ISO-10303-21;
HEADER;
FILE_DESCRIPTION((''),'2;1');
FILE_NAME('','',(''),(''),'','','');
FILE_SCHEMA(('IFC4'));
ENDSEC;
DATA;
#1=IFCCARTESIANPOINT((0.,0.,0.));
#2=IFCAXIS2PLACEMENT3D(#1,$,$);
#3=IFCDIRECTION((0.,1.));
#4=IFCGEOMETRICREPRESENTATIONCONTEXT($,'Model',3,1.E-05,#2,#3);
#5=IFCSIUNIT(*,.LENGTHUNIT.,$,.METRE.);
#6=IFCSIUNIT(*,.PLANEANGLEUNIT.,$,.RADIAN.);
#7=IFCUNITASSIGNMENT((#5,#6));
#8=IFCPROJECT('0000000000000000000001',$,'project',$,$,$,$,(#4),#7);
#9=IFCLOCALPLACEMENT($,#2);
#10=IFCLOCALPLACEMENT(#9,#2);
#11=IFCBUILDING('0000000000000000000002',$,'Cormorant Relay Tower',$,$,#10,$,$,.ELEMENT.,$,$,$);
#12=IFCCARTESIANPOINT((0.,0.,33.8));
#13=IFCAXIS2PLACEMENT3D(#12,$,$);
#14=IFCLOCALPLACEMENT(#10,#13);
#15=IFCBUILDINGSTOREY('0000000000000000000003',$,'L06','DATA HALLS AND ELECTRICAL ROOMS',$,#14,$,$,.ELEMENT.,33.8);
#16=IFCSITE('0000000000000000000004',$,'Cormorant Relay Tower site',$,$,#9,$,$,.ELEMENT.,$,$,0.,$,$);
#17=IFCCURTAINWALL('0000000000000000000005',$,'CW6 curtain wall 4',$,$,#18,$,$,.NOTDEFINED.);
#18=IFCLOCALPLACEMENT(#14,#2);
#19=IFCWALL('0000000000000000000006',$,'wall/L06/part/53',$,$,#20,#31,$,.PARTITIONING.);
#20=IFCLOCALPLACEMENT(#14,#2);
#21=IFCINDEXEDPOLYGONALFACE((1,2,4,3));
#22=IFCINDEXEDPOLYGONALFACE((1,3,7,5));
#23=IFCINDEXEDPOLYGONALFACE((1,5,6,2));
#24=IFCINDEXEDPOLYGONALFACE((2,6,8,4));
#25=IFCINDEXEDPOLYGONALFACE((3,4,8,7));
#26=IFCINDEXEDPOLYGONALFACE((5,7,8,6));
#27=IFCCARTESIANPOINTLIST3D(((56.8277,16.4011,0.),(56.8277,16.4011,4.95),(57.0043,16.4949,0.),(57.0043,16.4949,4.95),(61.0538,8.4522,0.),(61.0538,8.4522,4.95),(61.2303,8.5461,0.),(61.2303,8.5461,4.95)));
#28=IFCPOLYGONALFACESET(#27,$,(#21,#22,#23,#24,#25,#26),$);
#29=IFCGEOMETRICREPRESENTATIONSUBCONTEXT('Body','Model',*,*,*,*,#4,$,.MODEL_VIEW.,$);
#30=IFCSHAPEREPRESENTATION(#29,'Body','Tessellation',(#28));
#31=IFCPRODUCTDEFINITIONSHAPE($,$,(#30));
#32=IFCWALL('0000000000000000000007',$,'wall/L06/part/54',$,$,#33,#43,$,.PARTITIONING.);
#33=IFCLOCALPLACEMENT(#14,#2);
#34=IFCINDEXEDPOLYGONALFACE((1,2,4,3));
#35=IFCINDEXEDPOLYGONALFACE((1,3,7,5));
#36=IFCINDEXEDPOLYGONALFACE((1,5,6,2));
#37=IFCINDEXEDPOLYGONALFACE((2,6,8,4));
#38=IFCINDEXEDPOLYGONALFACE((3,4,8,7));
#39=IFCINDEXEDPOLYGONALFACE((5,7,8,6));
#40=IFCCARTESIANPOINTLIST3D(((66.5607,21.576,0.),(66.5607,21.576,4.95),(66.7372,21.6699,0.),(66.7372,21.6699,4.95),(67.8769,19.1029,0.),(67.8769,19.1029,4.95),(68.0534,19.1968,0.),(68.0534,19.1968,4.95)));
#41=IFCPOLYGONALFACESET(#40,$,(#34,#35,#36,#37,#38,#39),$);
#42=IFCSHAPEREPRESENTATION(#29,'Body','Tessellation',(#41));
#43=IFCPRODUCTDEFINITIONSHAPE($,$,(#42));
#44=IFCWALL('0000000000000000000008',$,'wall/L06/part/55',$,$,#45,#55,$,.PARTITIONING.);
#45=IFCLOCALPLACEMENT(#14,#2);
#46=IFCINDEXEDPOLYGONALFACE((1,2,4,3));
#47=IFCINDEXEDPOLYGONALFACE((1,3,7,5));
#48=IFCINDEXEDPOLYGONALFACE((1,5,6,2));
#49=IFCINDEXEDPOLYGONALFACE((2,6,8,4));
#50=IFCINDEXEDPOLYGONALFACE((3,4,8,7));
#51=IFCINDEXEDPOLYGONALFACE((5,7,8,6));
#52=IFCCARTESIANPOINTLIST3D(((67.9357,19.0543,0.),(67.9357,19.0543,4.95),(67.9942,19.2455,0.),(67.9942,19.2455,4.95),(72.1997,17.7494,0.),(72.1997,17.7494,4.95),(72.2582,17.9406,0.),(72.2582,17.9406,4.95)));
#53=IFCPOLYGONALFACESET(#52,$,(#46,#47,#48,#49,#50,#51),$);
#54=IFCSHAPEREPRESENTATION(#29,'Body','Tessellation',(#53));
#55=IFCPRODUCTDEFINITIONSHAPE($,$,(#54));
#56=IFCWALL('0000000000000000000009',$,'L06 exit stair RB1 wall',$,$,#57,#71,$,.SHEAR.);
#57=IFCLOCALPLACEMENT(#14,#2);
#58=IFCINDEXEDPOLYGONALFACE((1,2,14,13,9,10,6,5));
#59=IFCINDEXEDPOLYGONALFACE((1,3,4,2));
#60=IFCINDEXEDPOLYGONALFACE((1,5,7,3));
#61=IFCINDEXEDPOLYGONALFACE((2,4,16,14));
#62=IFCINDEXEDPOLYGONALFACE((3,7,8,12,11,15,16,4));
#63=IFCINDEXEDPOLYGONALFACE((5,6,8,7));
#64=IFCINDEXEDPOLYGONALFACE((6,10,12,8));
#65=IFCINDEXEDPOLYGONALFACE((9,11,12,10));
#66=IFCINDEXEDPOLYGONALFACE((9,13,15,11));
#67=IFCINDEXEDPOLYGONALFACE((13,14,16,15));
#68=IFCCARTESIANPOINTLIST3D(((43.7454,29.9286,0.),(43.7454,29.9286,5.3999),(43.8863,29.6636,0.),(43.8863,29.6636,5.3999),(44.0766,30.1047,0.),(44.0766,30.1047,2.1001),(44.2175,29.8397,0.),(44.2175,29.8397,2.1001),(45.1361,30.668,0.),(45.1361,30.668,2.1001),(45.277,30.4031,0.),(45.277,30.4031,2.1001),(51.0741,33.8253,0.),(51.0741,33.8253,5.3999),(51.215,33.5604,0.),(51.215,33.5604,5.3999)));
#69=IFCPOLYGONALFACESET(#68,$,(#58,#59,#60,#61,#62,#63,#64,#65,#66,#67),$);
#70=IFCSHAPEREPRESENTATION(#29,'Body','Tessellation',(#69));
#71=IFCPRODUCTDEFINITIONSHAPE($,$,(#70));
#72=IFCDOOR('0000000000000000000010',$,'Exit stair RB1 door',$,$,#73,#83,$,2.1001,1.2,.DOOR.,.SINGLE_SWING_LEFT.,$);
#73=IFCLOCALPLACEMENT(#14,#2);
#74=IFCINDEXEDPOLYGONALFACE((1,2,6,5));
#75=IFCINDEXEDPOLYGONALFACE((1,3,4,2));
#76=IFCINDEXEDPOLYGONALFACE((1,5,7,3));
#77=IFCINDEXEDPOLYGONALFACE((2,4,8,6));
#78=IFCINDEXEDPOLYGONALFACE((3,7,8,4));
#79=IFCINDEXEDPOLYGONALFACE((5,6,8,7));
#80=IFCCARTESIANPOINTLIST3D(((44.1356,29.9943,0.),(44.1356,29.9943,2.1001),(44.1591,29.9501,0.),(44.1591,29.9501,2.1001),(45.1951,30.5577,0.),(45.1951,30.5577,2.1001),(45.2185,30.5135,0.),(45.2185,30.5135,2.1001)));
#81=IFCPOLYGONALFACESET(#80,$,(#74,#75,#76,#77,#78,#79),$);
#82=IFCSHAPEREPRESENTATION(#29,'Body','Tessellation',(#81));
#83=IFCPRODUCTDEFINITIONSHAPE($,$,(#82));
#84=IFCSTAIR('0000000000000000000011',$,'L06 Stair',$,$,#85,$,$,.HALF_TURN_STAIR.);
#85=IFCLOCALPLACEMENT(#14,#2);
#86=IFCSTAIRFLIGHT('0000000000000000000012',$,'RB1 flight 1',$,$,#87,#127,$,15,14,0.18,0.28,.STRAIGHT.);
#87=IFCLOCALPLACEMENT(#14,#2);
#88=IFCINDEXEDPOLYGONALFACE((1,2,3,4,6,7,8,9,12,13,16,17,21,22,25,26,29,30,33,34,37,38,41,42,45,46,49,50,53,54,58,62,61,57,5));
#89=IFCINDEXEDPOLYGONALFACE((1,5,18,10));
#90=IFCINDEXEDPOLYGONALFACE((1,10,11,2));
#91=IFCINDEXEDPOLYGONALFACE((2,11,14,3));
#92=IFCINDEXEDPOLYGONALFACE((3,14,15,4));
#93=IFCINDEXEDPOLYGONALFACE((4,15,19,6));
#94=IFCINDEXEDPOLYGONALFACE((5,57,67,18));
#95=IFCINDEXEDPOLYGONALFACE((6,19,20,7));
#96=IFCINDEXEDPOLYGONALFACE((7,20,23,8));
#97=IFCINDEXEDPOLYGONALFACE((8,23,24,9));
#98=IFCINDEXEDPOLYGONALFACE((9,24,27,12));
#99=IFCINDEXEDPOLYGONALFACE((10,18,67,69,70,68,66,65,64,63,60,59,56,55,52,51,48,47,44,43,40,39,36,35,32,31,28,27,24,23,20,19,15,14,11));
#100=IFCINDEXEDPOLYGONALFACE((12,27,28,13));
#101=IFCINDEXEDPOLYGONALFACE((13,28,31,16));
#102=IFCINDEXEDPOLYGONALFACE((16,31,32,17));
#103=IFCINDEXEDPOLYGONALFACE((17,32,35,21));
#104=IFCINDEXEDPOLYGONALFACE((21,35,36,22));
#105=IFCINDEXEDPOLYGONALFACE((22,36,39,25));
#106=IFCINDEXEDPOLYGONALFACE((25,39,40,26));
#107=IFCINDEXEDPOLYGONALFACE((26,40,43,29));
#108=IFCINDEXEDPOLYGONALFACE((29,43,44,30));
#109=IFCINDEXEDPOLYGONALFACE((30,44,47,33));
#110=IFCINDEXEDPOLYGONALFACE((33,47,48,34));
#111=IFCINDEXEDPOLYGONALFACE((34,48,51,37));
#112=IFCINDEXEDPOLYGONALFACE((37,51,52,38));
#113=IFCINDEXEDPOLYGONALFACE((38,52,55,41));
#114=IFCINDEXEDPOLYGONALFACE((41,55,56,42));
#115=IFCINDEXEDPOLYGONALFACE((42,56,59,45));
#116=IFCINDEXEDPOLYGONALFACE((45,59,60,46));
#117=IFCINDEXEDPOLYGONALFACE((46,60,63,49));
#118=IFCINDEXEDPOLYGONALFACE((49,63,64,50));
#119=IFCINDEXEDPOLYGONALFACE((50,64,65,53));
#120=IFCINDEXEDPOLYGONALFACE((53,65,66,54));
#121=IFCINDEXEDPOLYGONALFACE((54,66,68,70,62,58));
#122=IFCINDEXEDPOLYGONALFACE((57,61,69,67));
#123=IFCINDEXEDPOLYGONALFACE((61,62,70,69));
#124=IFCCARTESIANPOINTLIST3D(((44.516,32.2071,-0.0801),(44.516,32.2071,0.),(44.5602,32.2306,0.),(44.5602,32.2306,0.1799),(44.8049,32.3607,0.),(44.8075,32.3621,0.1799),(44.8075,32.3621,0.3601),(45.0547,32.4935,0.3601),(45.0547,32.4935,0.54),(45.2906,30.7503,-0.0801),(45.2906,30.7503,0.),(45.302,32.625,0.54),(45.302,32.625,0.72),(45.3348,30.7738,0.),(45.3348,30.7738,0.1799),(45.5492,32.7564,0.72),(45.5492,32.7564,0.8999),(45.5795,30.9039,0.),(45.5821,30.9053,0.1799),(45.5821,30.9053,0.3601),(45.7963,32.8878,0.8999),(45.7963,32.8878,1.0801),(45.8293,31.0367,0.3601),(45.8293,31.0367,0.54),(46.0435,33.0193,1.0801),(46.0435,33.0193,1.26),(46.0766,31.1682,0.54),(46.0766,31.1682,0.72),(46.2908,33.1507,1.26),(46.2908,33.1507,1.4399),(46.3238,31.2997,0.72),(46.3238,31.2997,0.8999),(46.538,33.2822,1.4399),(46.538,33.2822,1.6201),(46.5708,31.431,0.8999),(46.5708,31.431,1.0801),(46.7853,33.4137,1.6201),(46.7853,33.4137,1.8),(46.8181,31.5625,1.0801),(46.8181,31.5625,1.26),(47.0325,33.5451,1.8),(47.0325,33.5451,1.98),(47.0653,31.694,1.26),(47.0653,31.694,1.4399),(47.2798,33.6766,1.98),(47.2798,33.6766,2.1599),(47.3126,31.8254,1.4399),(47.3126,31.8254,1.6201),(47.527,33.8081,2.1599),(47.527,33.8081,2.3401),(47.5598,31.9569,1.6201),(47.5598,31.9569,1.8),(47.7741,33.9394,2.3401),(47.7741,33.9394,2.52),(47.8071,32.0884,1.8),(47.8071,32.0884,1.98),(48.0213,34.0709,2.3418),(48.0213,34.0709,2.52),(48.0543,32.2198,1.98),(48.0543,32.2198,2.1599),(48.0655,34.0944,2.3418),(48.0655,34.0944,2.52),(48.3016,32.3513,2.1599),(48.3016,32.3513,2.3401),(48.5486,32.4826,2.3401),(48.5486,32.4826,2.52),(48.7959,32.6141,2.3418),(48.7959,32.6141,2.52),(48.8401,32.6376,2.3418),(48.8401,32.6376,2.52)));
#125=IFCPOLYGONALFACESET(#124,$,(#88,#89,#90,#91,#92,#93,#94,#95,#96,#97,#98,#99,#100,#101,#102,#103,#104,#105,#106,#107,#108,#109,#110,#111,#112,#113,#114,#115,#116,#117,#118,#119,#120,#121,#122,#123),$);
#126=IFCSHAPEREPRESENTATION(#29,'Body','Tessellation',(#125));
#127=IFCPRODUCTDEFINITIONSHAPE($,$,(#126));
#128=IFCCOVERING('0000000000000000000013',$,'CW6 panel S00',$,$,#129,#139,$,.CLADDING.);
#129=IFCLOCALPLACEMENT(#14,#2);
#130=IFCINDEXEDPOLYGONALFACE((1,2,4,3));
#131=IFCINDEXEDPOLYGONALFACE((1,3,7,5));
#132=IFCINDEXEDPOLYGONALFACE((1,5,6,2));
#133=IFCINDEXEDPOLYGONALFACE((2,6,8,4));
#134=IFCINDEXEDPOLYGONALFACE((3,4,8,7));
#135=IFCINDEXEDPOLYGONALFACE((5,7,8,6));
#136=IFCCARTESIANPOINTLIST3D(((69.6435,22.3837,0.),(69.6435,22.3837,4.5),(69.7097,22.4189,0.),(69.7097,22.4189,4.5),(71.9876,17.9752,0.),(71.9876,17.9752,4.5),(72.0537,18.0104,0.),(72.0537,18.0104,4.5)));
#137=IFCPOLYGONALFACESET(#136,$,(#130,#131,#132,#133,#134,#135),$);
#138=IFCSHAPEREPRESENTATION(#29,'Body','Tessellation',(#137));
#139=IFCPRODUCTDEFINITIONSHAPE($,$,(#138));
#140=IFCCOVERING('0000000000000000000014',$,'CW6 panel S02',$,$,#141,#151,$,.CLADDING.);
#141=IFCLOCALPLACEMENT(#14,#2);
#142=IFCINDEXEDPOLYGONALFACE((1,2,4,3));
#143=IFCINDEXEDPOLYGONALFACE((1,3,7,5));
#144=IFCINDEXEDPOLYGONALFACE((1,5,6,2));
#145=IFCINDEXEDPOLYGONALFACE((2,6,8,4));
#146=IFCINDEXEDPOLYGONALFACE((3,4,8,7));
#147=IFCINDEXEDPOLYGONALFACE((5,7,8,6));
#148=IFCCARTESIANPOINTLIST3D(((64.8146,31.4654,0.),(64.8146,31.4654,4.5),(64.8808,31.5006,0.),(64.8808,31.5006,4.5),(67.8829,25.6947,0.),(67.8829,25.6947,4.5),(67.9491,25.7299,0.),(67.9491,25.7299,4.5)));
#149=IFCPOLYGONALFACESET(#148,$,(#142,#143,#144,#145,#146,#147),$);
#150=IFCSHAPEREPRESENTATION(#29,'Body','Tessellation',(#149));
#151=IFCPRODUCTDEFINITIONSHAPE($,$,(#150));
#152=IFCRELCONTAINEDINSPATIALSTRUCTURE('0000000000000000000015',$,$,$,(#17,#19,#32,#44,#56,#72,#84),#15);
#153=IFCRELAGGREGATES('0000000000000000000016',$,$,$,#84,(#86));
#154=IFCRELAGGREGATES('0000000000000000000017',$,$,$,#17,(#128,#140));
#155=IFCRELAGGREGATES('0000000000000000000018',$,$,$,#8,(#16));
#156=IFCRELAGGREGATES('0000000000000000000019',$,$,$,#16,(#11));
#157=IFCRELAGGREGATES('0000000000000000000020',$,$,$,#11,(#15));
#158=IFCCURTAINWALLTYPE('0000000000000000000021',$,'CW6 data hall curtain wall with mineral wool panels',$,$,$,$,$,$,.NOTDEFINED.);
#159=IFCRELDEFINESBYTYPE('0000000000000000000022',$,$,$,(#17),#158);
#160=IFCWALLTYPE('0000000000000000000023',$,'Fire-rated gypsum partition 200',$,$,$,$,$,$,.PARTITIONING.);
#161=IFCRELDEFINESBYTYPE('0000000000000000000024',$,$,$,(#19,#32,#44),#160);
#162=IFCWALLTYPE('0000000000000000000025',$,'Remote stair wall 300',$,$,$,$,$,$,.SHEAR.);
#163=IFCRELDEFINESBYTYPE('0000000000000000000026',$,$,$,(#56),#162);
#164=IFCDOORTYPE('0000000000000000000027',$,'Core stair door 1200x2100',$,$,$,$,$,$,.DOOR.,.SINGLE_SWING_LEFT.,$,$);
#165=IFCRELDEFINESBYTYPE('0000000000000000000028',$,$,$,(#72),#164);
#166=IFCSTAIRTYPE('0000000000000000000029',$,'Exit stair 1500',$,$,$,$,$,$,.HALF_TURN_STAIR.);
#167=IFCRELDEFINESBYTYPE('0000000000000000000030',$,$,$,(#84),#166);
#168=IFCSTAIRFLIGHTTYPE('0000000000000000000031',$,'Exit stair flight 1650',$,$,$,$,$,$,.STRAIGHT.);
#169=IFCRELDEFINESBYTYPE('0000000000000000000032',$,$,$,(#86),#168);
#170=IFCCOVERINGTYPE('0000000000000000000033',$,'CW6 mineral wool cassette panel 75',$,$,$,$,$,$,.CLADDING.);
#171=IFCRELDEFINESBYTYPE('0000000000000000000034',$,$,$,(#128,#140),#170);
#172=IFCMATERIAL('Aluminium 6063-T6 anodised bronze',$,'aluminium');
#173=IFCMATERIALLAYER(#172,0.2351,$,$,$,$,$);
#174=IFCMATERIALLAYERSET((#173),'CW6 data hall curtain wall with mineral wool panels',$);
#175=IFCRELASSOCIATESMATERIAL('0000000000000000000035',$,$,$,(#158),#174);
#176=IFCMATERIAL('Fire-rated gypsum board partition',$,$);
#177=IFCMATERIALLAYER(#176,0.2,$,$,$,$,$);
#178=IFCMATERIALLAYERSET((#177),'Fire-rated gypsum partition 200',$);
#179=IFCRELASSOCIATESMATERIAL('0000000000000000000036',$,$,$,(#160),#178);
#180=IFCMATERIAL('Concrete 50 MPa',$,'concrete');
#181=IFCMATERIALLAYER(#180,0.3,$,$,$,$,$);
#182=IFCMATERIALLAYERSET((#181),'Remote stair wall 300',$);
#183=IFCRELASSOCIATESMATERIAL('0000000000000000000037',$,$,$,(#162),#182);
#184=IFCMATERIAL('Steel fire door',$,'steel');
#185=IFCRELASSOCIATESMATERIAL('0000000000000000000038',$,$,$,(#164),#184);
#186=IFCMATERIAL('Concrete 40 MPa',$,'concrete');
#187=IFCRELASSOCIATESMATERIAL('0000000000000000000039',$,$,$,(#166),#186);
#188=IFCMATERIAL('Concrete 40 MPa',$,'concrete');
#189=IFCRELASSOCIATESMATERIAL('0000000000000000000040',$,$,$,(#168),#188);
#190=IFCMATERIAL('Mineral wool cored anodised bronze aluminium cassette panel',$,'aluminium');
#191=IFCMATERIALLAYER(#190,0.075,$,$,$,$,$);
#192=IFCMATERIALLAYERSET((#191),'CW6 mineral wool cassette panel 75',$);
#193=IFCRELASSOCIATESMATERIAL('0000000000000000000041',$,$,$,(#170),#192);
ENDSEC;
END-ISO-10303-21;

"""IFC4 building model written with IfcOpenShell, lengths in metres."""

from ifc_helpers import new_model, si_unit, direction, frame, frame_2d, origin, origin_2d, place, context, subcontext, project, spatial, polyline, rectangle, outline, extrude, material, layer, layer_set, type_object, element, fill, aggregate, save


model = new_model("IFC4")

# Units and contexts
model_context = context("Model", 3, precision=1e-05, world=origin(), true_north=direction((0.0, 1.0)))
body_context = subcontext(model_context, "Body", "Model", "MODEL_VIEW")
ifc_project = project(units=[si_unit("LENGTHUNIT", "METRE"), si_unit("PLANEANGLEUNIT", "RADIAN")], contexts=[model_context])

# Site, building, storey
site_placement = place(None, origin())
site = spatial("IfcSite", under=ifc_project, at=site_placement, Name="Cormorant Relay Tower site", CompositionType="ELEMENT", RefElevation=0.0)
building_placement = place(site_placement, origin())
building = spatial("IfcBuilding", under=site, at=building_placement, Name="Cormorant Relay Tower", CompositionType="ELEMENT")
storey_placement = place(building_placement, frame((0.0, 0.0, 33.8)))
storey = spatial("IfcBuildingStorey", under=building, at=storey_placement, Name="L06", Description="DATA HALLS AND ELECTRICAL ROOMS", CompositionType="ELEMENT", Elevation=33.8)

# Curtain wall
ifc_material_1 = material(Name="Aluminium 6063-T6 anodised bronze", Category="aluminium")
ifc_layer_1 = layer(ifc_material_1, 0.2351)
ifc_layer_set_1 = layer_set([ifc_layer_1], Name="CW6 data hall curtain wall with mineral wool panels")
curtain_wall_type = type_object("IfcCurtainWallType", Name="CW6 data hall curtain wall with mineral wool panels", PredefinedType="NOTDEFINED", material=ifc_layer_set_1)
curtain_wall_placement = place(storey_placement, origin())
curtain_wall = element("IfcCurtainWall", 1, at=curtain_wall_placement, inside=storey, type_object=curtain_wall_type, Name="CW6 curtain wall 4", PredefinedType="NOTDEFINED")

# Shared definitions
ifc_material_2 = material(Name="Fire-rated gypsum board partition")
ifc_layer_2 = layer(ifc_material_2, 0.2)
ifc_layer_set_2 = layer_set([ifc_layer_2], Name="Fire-rated gypsum partition 200")
wall_type_1 = type_object("IfcWallType", Name="Fire-rated gypsum partition 200", PredefinedType="PARTITIONING", material=ifc_layer_set_2)

# Walls
wall_1_placement = place(storey_placement, frame((56.916, 16.448, 0.0), z_axis=(0.0, 0.0, 1.0), x_axis=(0.469431, -0.882969, 0.0)))
element("IfcWall", 2, at=wall_1_placement, inside=storey, type_object=wall_type_1, Name="wall/L06/part/53", PredefinedType="PARTITIONING", context=body_context, shape_type="SweptSolid", body=[
    extrude(rectangle(XDim=9.0024, YDim=0.2, at=frame_2d((4.5012, 0.0))), origin(), (0.0, 0.0, 1.0), 4.95),
])
wall_2_placement = place(storey_placement, frame((66.6489, 21.623, 0.0), z_axis=(0.0, 0.0, 1.0), x_axis=(0.469797, -0.882775, 0.0)))
element("IfcWall", 3, at=wall_2_placement, inside=storey, type_object=wall_type_1, Name="wall/L06/part/54", PredefinedType="PARTITIONING", context=body_context, shape_type="SweptSolid", body=[
    extrude(rectangle(XDim=2.8015, YDim=0.2, at=frame_2d((1.4009, 0.0))), origin(), (0.0, 0.0, 1.0), 4.95),
])
wall_3_placement = place(storey_placement, frame((67.9651, 19.1499, 0.0), z_axis=(0.0, 0.0, 1.0), x_axis=(0.956222, -0.292643, 0.0)))
element("IfcWall", 4, at=wall_3_placement, inside=storey, type_object=wall_type_1, Name="wall/L06/part/55", PredefinedType="PARTITIONING", context=body_context, shape_type="SweptSolid", body=[
    extrude(rectangle(XDim=4.4592, YDim=0.2, at=frame_2d((2.2295, 0.0))), origin(), (0.0, 0.0, 1.0), 4.95),
])

# Wall, opening, door
ifc_material_3 = material(Name="Concrete 50 MPa", Category="concrete")
ifc_layer_3 = layer(ifc_material_3, 0.3)
ifc_layer_set_3 = layer_set([ifc_layer_3], Name="Remote stair wall 300")
wall_type_2 = type_object("IfcWallType", Name="Remote stair wall 300", PredefinedType="SHEAR", material=ifc_layer_set_3)
wall_4_placement = place(storey_placement, frame((51.1445, 33.6929, 0.0), z_axis=(0.0, 0.0, 1.0), x_axis=(-0.882946, -0.469475, 0.0)))
wall_4 = element("IfcWall", 5, at=wall_4_placement, inside=storey, type_object=wall_type_2, Name="L06 exit stair RB1 wall", PredefinedType="SHEAR", context=body_context, shape_type="SweptSolid", body=[
    extrude(rectangle(XDim=8.3003, YDim=0.3, at=frame_2d((4.1501, 0.0))), origin(), (0.0, 0.0, 1.0), 5.3999),
])
opening_1_placement = place(wall_4_placement, frame((6.7251, 0.0, 0.0)))
opening_1 = element("IfcOpeningElement", 6, at=opening_1_placement, cuts=wall_4, PredefinedType="OPENING", context=body_context, shape_type="SweptSolid", body=[
    extrude(rectangle(XDim=1.2, YDim=2.1001, at=frame_2d((0.6001, 1.05))), frame((0.0, 0.1599, 0.0), z_axis=(0.0, -1.0, 0.0), x_axis=(1.0, 0.0, 0.0)), (0.0, 0.0, 1.0), 0.3201),
])
ifc_material_4 = material(Name="Steel fire door", Category="steel")
door_type_1 = type_object("IfcDoorType", Name="Core stair door 1200x2100", OperationType="SINGLE_SWING_LEFT", PredefinedType="DOOR", material=ifc_material_4)
door_1_placement = place(opening_1_placement, frame((1.2, 0.0, 0.0), z_axis=(0.0, 0.0, 1.0), x_axis=(-1.0, 0.0, 0.0)))
door_1 = element("IfcDoor", 7, at=door_1_placement, inside=storey, type_object=door_type_1, Name="Exit stair RB1 door", OperationType="SINGLE_SWING_LEFT", OverallHeight=2.1001, OverallWidth=1.2, PredefinedType="DOOR", context=body_context, shape_type="SweptSolid", body=[
    extrude(rectangle(XDim=1.2, YDim=2.1001, at=frame_2d((0.6001, 1.05))), frame((0.0, 0.0249, 0.0), z_axis=(0.0, -1.0, 0.0), x_axis=(1.0, 0.0, 0.0)), (0.0, 0.0, 1.0), 0.05),
])
fill(opening_1, door_1)

# Stair, stair flight
ifc_material_5 = material(Name="Concrete 40 MPa", Category="concrete")
stair_type = type_object("IfcStairType", Name="Exit stair 1500", PredefinedType="HALF_TURN_STAIR", material=ifc_material_5)
stair_placement = place(storey_placement, origin())
stair = element("IfcStair", 8, at=stair_placement, inside=storey, type_object=stair_type, Name="L06 Stair", PredefinedType="HALF_TURN_STAIR")
ifc_material_6 = material(Name="Concrete 40 MPa", Category="concrete")
stair_flight_type = type_object("IfcStairFlightType", Name="Exit stair flight 1650", PredefinedType="STRAIGHT", material=ifc_material_6)
stair_flight_placement = place(storey_placement, frame((44.9475, 31.5022, 0.0), z_axis=(0.0, 0.0, 1.0), x_axis=(0.882948, 0.469472, 0.0)))
stair_flight = element("IfcStairFlight", 9, at=stair_flight_placement, type_object=stair_flight_type, Name="RB1 flight 1", NumberOfRisers=15, NumberOfTreads=14, PredefinedType="STRAIGHT", RiserHeight=0.18, TreadLength=0.28, context=body_context, shape_type="SweptSolid", body=[
    extrude(outline(polyline([(-0.05, -0.0801), (-0.05, 0.0), (0.0, 0.0), (0.0, 0.1799), (0.28, 0.1799), (0.28, 0.3601), (0.5601, 0.3601), (0.5601, 0.54), (0.8401, 0.54), (0.8401, 0.72), (1.1201, 0.72), (1.1201, 0.8999), (1.3999, 0.8999), (1.3999, 1.0801), (1.6799, 1.0801), (1.6799, 1.26), (1.96, 1.26), (1.96, 1.4399), (2.24, 1.4399), (2.24, 1.6201), (2.52, 1.6201), (2.52, 1.8), (2.8, 1.8), (2.8, 1.98), (3.0801, 1.98), (3.0801, 2.1599), (3.3601, 2.1599), (3.3601, 2.3401), (3.6399, 2.3401), (3.6399, 2.52), (3.9199, 2.52), (3.97, 2.52), (3.97, 2.3418), (3.9199, 2.3418), (0.2771, 0.0), (-0.05, -0.0801)])), frame((0.0, 0.825, 0.0), z_axis=(0.0, -1.0, 0.0), x_axis=(1.0, 0.0, 0.0)), (0.0, 0.0, 1.0), 1.6499),
])
aggregate(stair, [stair_flight])

# Coverings
ifc_material_7 = material(Name="Mineral wool cored anodised bronze aluminium cassette panel", Category="aluminium")
ifc_layer_4 = layer(ifc_material_7, 0.075)
ifc_layer_set_4 = layer_set([ifc_layer_4], Name="CW6 mineral wool cassette panel 75")
covering_type = type_object("IfcCoveringType", Name="CW6 mineral wool cassette panel 75", PredefinedType="CLADDING", material=ifc_layer_set_4)
covering_1_placement = place(storey_placement, frame((70.8486, 20.197, 0.0), z_axis=(0.0, 0.0, 1.0), x_axis=(-0.469472, 0.882948, 0.0)))
covering_1 = element("IfcCovering", 10, at=covering_1_placement, type_object=covering_type, Name="CW6 panel S00", PredefinedType="CLADDING", context=body_context, shape_type="SweptSolid", body=[
    extrude(rectangle(XDim=4.9929, YDim=0.075, at=origin_2d()), origin(), (0.0, 0.0, 1.0), 4.5),
])
covering_2_placement = place(storey_placement, frame((66.3818, 28.5977, 0.0), z_axis=(0.0, 0.0, 1.0), x_axis=(-0.469472, 0.882948, 0.0)))
covering_2 = element("IfcCovering", 11, at=covering_2_placement, type_object=covering_type, Name="CW6 panel S02", PredefinedType="CLADDING", context=body_context, shape_type="SweptSolid", body=[
    extrude(rectangle(XDim=6.5356, YDim=0.075, at=origin_2d()), origin(), (0.0, 0.0, 1.0), 4.5),
])
aggregate(curtain_wall, [covering_1, covering_2])

save(model, "model.ifc")
